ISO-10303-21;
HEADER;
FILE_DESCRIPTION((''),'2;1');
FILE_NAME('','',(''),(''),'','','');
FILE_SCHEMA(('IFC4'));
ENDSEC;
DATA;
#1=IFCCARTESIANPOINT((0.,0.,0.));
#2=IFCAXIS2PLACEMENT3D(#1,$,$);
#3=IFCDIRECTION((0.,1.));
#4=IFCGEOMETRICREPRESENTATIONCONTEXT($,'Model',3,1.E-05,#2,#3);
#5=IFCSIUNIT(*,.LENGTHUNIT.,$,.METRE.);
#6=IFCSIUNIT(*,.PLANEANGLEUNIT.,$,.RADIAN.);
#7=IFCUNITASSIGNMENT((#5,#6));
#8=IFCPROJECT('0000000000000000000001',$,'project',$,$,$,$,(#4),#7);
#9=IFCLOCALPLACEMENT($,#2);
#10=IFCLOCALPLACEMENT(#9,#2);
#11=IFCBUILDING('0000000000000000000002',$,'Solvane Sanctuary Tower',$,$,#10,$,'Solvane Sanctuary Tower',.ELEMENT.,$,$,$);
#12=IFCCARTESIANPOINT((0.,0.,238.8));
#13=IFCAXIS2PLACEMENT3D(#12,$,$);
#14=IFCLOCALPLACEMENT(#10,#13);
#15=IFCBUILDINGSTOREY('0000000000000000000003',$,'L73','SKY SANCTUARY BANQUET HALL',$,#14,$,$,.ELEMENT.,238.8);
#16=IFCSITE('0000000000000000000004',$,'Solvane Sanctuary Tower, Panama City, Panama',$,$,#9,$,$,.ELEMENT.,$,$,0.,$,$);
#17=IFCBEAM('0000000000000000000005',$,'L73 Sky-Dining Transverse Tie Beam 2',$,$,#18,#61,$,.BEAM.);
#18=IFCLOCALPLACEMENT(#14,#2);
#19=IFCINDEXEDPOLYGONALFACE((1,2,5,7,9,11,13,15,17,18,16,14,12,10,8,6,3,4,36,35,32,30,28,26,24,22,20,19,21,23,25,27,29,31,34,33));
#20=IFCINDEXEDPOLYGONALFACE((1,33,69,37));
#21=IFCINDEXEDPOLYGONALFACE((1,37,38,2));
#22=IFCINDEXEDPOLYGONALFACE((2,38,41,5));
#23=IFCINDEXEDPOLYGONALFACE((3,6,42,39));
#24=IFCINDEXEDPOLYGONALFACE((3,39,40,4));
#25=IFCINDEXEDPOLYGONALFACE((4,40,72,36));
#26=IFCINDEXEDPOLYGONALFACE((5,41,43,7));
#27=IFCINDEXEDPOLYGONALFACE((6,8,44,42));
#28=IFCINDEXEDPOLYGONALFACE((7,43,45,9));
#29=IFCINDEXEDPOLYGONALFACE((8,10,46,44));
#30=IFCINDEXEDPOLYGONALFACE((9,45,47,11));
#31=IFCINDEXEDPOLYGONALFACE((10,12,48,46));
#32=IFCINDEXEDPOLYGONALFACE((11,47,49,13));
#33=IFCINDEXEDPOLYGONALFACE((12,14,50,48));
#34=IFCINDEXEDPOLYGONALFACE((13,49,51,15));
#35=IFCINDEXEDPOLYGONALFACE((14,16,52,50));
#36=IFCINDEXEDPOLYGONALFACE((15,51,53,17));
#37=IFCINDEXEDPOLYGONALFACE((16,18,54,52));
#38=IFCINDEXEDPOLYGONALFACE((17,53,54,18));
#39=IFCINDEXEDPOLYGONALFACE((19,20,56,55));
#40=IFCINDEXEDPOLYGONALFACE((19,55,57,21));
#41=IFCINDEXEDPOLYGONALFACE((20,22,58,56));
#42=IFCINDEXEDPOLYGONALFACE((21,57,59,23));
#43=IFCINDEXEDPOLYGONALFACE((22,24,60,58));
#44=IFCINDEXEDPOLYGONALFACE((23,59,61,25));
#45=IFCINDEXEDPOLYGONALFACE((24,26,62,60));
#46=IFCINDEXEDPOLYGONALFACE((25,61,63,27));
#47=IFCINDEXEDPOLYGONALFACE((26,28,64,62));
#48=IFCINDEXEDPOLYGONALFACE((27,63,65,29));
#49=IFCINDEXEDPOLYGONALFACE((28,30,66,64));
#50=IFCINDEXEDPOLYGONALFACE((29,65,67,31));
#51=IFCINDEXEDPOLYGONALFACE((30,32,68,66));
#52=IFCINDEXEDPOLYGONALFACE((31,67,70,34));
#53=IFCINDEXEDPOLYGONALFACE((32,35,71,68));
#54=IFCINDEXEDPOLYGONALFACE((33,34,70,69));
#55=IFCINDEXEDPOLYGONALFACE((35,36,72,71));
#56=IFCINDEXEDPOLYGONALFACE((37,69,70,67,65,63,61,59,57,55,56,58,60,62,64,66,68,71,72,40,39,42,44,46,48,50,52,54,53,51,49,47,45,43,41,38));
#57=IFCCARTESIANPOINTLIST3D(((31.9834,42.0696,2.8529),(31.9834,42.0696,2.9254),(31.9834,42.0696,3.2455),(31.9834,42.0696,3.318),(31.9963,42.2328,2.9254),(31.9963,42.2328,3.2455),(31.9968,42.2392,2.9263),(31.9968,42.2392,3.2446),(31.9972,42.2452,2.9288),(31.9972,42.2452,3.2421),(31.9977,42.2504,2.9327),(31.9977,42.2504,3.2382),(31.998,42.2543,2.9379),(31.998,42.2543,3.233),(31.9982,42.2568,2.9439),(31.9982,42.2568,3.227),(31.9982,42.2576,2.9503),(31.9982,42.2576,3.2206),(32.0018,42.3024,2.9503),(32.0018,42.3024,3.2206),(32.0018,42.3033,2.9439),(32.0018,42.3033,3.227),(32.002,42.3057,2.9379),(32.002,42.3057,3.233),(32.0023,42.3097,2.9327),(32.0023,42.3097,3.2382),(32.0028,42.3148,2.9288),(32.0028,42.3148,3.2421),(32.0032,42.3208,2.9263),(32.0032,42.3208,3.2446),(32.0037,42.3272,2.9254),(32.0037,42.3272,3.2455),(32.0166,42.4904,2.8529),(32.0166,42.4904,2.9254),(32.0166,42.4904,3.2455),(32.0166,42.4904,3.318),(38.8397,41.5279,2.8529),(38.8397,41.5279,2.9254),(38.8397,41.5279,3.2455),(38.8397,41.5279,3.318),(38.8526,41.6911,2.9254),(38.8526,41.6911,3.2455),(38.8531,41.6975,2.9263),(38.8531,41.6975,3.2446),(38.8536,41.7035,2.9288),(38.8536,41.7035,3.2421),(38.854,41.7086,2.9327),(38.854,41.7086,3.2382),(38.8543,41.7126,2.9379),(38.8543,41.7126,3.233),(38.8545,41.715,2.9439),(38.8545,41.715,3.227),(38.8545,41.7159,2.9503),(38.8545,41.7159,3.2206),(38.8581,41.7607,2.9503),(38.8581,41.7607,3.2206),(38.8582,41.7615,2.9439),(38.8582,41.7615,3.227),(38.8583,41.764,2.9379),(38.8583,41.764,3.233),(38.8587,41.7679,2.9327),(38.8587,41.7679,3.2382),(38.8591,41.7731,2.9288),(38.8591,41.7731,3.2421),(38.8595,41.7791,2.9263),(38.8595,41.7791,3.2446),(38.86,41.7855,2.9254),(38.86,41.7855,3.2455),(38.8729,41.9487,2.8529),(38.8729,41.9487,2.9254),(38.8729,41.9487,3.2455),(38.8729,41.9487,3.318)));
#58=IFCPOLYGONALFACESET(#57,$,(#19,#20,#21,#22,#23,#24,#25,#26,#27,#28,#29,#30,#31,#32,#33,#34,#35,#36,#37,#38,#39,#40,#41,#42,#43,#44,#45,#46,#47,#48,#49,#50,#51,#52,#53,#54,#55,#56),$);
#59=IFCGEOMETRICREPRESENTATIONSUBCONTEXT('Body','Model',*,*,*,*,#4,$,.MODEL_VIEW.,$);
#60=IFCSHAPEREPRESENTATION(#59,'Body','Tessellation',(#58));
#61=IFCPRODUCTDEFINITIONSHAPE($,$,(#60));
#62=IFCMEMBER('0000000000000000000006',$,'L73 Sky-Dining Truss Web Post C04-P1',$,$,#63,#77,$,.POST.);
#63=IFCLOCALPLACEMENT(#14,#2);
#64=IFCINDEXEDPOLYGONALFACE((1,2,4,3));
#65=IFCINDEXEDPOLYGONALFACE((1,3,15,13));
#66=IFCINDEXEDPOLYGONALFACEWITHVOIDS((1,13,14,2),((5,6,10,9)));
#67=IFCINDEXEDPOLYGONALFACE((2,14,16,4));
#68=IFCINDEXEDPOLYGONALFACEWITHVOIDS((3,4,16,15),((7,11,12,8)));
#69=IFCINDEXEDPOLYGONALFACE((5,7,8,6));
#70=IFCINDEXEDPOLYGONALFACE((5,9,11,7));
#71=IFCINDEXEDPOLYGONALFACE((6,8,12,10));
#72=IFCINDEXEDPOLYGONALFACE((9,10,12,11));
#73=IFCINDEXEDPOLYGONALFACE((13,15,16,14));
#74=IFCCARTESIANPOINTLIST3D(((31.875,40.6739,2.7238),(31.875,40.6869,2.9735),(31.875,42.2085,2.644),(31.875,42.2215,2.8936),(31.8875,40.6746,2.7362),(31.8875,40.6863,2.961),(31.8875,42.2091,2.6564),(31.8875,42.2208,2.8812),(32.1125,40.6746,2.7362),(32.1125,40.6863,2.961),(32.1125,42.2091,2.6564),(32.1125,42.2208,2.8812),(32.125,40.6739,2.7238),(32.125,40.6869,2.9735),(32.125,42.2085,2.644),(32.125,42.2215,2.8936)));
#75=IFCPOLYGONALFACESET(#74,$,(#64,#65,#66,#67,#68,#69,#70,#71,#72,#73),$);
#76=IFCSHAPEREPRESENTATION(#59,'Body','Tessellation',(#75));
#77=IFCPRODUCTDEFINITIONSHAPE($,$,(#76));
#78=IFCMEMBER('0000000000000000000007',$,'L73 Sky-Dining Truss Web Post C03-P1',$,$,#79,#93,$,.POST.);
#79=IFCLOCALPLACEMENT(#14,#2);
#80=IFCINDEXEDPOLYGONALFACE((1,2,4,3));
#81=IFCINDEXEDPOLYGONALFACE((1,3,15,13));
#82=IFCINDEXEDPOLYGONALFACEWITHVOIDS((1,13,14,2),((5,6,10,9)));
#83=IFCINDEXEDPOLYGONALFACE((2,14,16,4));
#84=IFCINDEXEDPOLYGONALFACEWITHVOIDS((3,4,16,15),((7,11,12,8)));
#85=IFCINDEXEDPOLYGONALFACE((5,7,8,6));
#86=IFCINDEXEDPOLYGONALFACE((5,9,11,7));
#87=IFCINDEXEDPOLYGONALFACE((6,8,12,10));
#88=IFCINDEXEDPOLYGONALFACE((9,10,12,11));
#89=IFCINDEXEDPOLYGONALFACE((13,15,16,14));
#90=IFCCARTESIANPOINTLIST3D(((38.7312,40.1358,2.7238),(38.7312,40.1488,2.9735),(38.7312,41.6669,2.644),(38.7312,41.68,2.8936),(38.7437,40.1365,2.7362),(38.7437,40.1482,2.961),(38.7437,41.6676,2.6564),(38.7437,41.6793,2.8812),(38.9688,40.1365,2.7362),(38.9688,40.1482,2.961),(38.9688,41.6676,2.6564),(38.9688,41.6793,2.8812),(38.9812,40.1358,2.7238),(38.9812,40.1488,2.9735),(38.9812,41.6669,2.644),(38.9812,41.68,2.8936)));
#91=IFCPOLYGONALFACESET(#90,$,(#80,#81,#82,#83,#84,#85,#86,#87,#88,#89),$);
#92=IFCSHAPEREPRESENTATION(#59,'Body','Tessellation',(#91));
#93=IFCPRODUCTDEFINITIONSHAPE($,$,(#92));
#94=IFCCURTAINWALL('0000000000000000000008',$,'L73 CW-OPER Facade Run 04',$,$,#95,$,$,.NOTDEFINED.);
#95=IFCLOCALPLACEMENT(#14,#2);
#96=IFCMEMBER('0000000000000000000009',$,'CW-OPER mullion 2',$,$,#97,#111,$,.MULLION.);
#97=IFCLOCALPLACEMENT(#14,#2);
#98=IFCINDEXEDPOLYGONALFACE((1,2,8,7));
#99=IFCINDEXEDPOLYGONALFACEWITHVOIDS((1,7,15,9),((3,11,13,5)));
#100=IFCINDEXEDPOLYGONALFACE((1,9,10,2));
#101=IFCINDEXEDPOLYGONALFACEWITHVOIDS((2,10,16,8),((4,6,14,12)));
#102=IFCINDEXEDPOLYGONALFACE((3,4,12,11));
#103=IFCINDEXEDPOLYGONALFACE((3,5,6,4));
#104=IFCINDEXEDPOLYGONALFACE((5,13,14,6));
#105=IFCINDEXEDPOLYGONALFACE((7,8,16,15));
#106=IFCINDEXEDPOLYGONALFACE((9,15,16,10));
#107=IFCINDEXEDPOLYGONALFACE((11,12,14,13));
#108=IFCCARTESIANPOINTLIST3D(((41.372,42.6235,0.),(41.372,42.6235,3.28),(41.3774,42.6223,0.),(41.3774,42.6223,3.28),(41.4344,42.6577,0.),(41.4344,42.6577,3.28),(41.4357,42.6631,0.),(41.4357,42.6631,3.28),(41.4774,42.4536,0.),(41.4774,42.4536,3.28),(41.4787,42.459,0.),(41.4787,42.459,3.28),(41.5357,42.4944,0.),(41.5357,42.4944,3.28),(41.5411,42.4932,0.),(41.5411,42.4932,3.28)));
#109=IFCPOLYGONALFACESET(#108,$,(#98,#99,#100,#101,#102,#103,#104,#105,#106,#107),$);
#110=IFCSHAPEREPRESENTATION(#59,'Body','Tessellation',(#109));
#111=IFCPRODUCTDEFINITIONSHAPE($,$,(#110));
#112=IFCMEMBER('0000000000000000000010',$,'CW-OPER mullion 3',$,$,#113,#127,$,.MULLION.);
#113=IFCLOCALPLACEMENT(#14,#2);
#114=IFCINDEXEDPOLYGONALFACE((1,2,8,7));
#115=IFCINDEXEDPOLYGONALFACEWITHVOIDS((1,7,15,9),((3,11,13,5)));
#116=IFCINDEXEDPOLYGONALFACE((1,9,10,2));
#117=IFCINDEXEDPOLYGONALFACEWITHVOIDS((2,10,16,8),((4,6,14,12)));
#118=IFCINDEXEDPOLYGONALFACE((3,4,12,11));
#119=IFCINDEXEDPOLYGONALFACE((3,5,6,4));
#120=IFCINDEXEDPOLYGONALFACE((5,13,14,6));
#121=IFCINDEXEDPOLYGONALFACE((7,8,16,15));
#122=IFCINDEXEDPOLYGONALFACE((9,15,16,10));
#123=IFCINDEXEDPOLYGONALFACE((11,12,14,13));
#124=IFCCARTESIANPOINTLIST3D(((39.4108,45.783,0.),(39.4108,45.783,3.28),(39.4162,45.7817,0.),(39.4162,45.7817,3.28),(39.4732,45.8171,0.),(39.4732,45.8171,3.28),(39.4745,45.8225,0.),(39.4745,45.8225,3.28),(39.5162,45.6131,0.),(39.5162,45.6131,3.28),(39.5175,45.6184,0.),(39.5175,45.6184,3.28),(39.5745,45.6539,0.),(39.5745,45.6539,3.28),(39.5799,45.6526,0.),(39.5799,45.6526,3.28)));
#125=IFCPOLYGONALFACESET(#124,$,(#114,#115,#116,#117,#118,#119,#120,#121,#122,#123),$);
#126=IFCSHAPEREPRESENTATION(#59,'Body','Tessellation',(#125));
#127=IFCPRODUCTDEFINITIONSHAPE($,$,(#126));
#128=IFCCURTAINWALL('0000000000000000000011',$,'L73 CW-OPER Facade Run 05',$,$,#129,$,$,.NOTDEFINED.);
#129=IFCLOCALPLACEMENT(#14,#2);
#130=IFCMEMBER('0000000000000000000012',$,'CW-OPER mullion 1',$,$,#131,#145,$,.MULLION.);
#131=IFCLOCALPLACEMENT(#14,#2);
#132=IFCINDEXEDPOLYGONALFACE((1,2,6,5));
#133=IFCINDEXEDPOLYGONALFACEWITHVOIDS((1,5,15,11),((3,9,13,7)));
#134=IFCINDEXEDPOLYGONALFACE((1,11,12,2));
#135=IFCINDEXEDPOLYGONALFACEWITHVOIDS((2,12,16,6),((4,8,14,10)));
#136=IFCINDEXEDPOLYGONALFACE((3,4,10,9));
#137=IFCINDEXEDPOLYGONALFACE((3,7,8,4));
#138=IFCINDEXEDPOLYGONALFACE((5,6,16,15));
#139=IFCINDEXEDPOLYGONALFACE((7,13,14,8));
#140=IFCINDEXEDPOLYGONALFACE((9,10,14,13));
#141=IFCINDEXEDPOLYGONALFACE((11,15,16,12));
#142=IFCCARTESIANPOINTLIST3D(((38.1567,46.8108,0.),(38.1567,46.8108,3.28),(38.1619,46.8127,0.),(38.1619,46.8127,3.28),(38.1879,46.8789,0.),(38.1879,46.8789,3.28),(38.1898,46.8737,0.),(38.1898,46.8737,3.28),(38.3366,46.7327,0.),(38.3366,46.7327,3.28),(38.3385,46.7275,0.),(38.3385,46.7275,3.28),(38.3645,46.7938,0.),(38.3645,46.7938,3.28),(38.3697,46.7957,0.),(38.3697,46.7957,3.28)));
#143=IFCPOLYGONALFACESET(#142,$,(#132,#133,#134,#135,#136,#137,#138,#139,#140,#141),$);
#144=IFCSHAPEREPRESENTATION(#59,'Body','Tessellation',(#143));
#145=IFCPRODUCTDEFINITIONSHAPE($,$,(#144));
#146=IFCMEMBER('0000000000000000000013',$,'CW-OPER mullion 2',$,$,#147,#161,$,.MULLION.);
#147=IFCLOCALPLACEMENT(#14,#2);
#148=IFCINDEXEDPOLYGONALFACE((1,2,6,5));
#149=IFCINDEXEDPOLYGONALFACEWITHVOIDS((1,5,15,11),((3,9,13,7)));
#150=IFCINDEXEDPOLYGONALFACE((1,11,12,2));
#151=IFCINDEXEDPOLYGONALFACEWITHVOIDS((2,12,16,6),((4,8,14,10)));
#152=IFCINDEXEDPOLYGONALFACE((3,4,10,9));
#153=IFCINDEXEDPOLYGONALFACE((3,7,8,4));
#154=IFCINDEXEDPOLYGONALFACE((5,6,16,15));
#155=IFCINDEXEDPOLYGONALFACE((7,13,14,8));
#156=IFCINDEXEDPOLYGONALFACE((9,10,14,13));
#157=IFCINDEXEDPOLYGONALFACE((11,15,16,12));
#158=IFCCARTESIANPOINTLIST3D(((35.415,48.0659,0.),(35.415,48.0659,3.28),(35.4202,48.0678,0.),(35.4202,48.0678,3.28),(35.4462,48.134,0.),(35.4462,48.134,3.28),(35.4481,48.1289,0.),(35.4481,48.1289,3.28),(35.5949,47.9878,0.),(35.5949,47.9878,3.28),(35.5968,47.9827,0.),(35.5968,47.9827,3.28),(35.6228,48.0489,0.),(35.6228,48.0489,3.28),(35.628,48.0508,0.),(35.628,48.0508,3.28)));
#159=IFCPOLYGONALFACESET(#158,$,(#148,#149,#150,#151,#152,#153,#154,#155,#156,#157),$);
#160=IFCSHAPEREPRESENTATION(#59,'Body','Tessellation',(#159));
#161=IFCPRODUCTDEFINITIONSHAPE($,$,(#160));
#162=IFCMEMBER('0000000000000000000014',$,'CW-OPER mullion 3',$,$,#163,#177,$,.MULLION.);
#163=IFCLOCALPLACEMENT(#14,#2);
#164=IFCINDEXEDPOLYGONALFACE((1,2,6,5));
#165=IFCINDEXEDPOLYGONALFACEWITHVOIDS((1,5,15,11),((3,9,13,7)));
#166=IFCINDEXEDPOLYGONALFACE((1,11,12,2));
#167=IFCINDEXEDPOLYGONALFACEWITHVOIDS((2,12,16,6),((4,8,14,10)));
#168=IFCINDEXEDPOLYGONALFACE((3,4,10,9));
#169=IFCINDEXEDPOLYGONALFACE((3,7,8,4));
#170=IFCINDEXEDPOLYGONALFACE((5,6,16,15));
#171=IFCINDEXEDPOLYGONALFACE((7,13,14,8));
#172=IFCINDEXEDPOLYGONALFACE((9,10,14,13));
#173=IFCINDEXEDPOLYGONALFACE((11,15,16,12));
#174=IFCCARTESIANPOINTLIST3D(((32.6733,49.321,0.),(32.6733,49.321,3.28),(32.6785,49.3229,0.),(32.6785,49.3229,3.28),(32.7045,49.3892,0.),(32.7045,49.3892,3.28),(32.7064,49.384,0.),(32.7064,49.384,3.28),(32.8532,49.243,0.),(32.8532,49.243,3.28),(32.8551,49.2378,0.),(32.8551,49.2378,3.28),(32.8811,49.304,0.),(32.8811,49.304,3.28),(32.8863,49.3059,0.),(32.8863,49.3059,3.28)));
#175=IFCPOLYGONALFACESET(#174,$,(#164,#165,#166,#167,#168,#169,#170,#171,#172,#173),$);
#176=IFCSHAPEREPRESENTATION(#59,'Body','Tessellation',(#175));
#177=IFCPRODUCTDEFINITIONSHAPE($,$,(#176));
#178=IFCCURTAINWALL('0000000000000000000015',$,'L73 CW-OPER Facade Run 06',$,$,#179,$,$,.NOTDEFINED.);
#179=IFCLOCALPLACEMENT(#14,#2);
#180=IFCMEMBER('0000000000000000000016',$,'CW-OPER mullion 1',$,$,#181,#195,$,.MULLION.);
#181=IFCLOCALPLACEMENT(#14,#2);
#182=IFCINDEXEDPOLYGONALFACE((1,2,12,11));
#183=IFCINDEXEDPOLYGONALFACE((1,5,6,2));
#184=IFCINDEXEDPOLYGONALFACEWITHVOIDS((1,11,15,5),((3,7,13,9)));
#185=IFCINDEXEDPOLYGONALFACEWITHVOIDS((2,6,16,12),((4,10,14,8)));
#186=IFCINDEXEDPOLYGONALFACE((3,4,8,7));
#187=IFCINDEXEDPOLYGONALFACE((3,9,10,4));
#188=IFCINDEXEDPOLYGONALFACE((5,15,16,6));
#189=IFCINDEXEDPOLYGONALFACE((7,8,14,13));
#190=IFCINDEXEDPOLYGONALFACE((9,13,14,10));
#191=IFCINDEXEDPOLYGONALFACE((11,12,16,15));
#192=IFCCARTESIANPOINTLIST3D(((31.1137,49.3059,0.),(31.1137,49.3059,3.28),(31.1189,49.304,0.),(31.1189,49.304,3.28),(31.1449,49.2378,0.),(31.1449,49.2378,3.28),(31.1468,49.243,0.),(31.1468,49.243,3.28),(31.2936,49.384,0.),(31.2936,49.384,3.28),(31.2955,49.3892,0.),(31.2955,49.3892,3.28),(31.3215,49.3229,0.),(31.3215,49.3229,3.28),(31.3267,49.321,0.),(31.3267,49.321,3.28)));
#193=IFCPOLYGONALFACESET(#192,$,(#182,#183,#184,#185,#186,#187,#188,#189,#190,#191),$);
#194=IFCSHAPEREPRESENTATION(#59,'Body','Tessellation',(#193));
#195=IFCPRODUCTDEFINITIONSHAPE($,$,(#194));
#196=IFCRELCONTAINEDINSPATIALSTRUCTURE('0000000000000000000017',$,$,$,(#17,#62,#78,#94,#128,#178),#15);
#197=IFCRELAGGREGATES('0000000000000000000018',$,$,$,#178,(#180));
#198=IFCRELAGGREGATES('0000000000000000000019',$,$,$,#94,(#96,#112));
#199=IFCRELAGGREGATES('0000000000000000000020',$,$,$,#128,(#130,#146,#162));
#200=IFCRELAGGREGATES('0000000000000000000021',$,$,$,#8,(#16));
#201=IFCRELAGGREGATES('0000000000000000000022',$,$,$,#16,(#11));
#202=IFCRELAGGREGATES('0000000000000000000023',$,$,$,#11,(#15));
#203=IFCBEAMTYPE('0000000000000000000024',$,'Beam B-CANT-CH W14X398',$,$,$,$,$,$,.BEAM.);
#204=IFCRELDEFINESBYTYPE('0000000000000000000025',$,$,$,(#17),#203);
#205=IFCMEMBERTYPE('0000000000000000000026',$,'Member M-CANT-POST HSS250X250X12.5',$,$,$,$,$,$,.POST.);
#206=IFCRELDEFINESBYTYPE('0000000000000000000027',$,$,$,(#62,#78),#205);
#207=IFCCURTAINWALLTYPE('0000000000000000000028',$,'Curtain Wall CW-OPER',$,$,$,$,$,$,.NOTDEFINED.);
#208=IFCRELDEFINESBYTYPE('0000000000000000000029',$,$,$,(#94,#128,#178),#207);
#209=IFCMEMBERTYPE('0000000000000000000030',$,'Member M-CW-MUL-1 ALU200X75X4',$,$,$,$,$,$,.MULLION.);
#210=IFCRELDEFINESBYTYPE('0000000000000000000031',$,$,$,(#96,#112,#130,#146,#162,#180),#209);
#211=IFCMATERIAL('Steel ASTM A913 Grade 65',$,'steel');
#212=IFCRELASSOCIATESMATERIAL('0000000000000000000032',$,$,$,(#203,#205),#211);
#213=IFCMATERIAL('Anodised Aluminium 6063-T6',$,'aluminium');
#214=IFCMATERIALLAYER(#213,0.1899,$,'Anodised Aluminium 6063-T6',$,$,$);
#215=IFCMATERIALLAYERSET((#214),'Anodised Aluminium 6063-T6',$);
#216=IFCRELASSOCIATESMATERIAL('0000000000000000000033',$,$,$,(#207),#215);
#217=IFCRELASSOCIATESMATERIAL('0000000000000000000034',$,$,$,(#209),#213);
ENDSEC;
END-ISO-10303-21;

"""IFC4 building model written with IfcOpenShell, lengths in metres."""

from ifc_helpers import new_model, si_unit, direction, frame, origin, origin_2d, place, context, subcontext, project, spatial, hollow_rectangle, i_section, extrude, material, layer, layer_set, material_profile, profile_set, type_object, element, aggregate, save


model = new_model("IFC4")

# Units and contexts
model_context = context("Model", 3, precision=1e-05, world=origin(), true_north=direction((0.0, 1.0)))
body_context = subcontext(model_context, "Body", "Model", "MODEL_VIEW")
ifc_project = project(units=[si_unit("LENGTHUNIT", "METRE"), si_unit("PLANEANGLEUNIT", "RADIAN")], contexts=[model_context])

# Site, building, storey
site_placement = place(None, origin())
site = spatial("IfcSite", under=ifc_project, at=site_placement, Name="Solvane Sanctuary Tower, Panama City, Panama", CompositionType="ELEMENT", RefElevation=0.0)
building_placement = place(site_placement, origin())
building = spatial("IfcBuilding", under=site, at=building_placement, Name="Solvane Sanctuary Tower", LongName="Solvane Sanctuary Tower", CompositionType="ELEMENT")
storey_placement = place(building_placement, frame((0.0, 0.0, 238.8)))
storey = spatial("IfcBuildingStorey", under=building, at=storey_placement, Name="L73", Description="SKY SANCTUARY BANQUET HALL", CompositionType="ELEMENT", Elevation=238.8)

# Beam
ifc_material_1 = material(Name="Steel ASTM A913 Grade 65", Category="steel")
ifc_material_profile_1 = material_profile(ifc_material_1, i_section(OverallWidth=0.4221, OverallDepth=0.4651, WebThickness=0.0449, FlangeThickness=0.0725, FilletRadius=0.0249, at=origin_2d()), Name="W14X398")
ifc_profile_set_1 = profile_set([ifc_material_profile_1], Name="Steel ASTM A913 Grade 65")
beam_type = type_object("IfcBeamType", Name="Beam B-CANT-CH W14X398", PredefinedType="BEAM", material=ifc_profile_set_1)
beam_placement = place(storey_placement, frame((32.0, 42.28, 3.0854), z_axis=(0.996893, -0.07877, 0.0), x_axis=(0.07877, 0.996893, 0.0)))
element("IfcBeam", 1, at=beam_placement, inside=storey, type_object=beam_type, Name="L73 Sky-Dining Transverse Tie Beam 2", PredefinedType="BEAM", context=body_context, shape_type="SweptSolid", body=[
    extrude(i_section(OverallWidth=0.4221, OverallDepth=0.4651, WebThickness=0.0449, FlangeThickness=0.0725, FilletRadius=0.0249, at=origin_2d()), origin(), (0.0, 0.0, 1.0), 6.8777),
])

# Members
ifc_material_profile_2 = material_profile(ifc_material_1, hollow_rectangle(XDim=0.25, YDim=0.25, WallThickness=0.0125, at=origin_2d()), Name="HSS250X250X12.5")
ifc_profile_set_2 = profile_set([ifc_material_profile_2], Name="Steel ASTM A913 Grade 65")
member_type_1 = type_object("IfcMemberType", Name="Member M-CANT-POST HSS250X250X12.5", PredefinedType="POST", material=ifc_profile_set_2)
member_1_placement = place(storey_placement, frame((32.0, 40.6804, 2.8486), z_axis=(0.0, 0.99865, -0.05195), x_axis=(-1.0, 0.0, 0.0)))
element("IfcMember", 2, at=member_1_placement, inside=storey, type_object=member_type_1, Name="L73 Sky-Dining Truss Web Post C04-P1", PredefinedType="POST", context=body_context, shape_type="SweptSolid", body=[
    extrude(hollow_rectangle(XDim=0.25, YDim=0.25, WallThickness=0.0125, at=origin_2d()), origin(), (0.0, 0.0, 1.0), 1.5366),
])
member_2_placement = place(storey_placement, frame((38.8562, 40.1423, 2.8486), z_axis=(0.0, 0.998643, -0.052074), x_axis=(-1.0, 0.0, 0.0)))
element("IfcMember", 3, at=member_2_placement, inside=storey, type_object=member_type_1, Name="L73 Sky-Dining Truss Web Post C03-P1", PredefinedType="POST", context=body_context, shape_type="SweptSolid", body=[
    extrude(hollow_rectangle(XDim=0.25, YDim=0.25, WallThickness=0.0125, at=origin_2d()), origin(), (0.0, 0.0, 1.0), 1.5332),
])

# Curtain walls, members
ifc_material_2 = material(Name="Anodised Aluminium 6063-T6", Category="aluminium")
ifc_layer_1 = layer(ifc_material_2, 0.1899, Name="Anodised Aluminium 6063-T6")
ifc_layer_set_1 = layer_set([ifc_layer_1], Name="Anodised Aluminium 6063-T6")
curtain_wall_type = type_object("IfcCurtainWallType", Name="Curtain Wall CW-OPER", PredefinedType="NOTDEFINED", material=ifc_layer_set_1)
curtain_wall_1_placement = place(storey_placement, origin())
curtain_wall_1 = element("IfcCurtainWall", 4, at=curtain_wall_1_placement, inside=storey, type_object=curtain_wall_type, Name="L73 CW-OPER Facade Run 04", PredefinedType="NOTDEFINED")
ifc_material_profile_3 = material_profile(ifc_material_2, hollow_rectangle(XDim=0.075, YDim=0.2, WallThickness=0.0039, at=origin_2d()), Name="ALU200X75X4")
ifc_profile_set_3 = profile_set([ifc_material_profile_3], Name="Anodised Aluminium 6063-T6")
member_type_2 = type_object("IfcMemberType", Name="Member M-CW-MUL-1 ALU200X75X4", PredefinedType="MULLION", material=ifc_profile_set_3)
member_3_placement = place(storey_placement, frame((41.4565, 42.5583, 0.0), z_axis=(0.0, 0.0, 1.0), x_axis=(-0.849622, -0.527392, 0.0)))
member_3 = element("IfcMember", 5, at=member_3_placement, type_object=member_type_2, Name="CW-OPER mullion 2", PredefinedType="MULLION", context=body_context, shape_type="SweptSolid", body=[
    extrude(hollow_rectangle(XDim=0.075, YDim=0.2, WallThickness=0.0039, at=origin_2d()), origin(), (0.0, 0.0, 1.0), 3.28),
])
member_4_placement = place(storey_placement, frame((39.4954, 45.7178, 0.0), z_axis=(0.0, 0.0, 1.0), x_axis=(-0.849622, -0.527392, 0.0)))
member_4 = element("IfcMember", 6, at=member_4_placement, type_object=member_type_2, Name="CW-OPER mullion 3", PredefinedType="MULLION", context=body_context, shape_type="SweptSolid", body=[
    extrude(hollow_rectangle(XDim=0.075, YDim=0.2, WallThickness=0.0039, at=origin_2d()), origin(), (0.0, 0.0, 1.0), 3.28),
])
curtain_wall_2_placement = place(storey_placement, origin())
curtain_wall_2 = element("IfcCurtainWall", 7, at=curtain_wall_2_placement, inside=storey, type_object=curtain_wall_type, Name="L73 CW-OPER Facade Run 05", PredefinedType="NOTDEFINED")
member_5_placement = place(storey_placement, frame((38.2632, 46.8032, 0.0), z_axis=(0.0, 0.0, 1.0), x_axis=(-0.416225, -0.909262, 0.0)))
member_5 = element("IfcMember", 8, at=member_5_placement, type_object=member_type_2, Name="CW-OPER mullion 1", PredefinedType="MULLION", context=body_context, shape_type="SweptSolid", body=[
    extrude(hollow_rectangle(XDim=0.075, YDim=0.2, WallThickness=0.0039, at=origin_2d()), origin(), (0.0, 0.0, 1.0), 3.28),
])
member_6_placement = place(storey_placement, frame((35.5215, 48.0583, 0.0), z_axis=(0.0, 0.0, 1.0), x_axis=(-0.416225, -0.909262, 0.0)))
member_6 = element("IfcMember", 9, at=member_6_placement, type_object=member_type_2, Name="CW-OPER mullion 2", PredefinedType="MULLION", context=body_context, shape_type="SweptSolid", body=[
    extrude(hollow_rectangle(XDim=0.075, YDim=0.2, WallThickness=0.0039, at=origin_2d()), origin(), (0.0, 0.0, 1.0), 3.28),
])
member_7_placement = place(storey_placement, frame((32.7798, 49.3135, 0.0), z_axis=(0.0, 0.0, 1.0), x_axis=(-0.416225, -0.909262, 0.0)))
member_7 = element("IfcMember", 10, at=member_7_placement, type_object=member_type_2, Name="CW-OPER mullion 3", PredefinedType="MULLION", context=body_context, shape_type="SweptSolid", body=[
    extrude(hollow_rectangle(XDim=0.075, YDim=0.2, WallThickness=0.0039, at=origin_2d()), origin(), (0.0, 0.0, 1.0), 3.28),
])

# Curtain wall, member
curtain_wall_3_placement = place(storey_placement, origin())
curtain_wall_3 = element("IfcCurtainWall", 11, at=curtain_wall_3_placement, inside=storey, type_object=curtain_wall_type, Name="L73 CW-OPER Facade Run 06", PredefinedType="NOTDEFINED")
member_8_placement = place(storey_placement, frame((31.2202, 49.3135, 0.0), z_axis=(0.0, 0.0, 1.0), x_axis=(0.416225, -0.909262, 0.0)))
member_8 = element("IfcMember", 12, at=member_8_placement, type_object=member_type_2, Name="CW-OPER mullion 1", PredefinedType="MULLION", context=body_context, shape_type="SweptSolid", body=[
    extrude(hollow_rectangle(XDim=0.075, YDim=0.2, WallThickness=0.0039, at=origin_2d()), origin(), (0.0, 0.0, 1.0), 3.28),
])
aggregate(curtain_wall_3, [member_8])

aggregate(curtain_wall_1, [member_3, member_4])
aggregate(curtain_wall_2, [member_5, member_6, member_7])

save(model, "model.ifc")
